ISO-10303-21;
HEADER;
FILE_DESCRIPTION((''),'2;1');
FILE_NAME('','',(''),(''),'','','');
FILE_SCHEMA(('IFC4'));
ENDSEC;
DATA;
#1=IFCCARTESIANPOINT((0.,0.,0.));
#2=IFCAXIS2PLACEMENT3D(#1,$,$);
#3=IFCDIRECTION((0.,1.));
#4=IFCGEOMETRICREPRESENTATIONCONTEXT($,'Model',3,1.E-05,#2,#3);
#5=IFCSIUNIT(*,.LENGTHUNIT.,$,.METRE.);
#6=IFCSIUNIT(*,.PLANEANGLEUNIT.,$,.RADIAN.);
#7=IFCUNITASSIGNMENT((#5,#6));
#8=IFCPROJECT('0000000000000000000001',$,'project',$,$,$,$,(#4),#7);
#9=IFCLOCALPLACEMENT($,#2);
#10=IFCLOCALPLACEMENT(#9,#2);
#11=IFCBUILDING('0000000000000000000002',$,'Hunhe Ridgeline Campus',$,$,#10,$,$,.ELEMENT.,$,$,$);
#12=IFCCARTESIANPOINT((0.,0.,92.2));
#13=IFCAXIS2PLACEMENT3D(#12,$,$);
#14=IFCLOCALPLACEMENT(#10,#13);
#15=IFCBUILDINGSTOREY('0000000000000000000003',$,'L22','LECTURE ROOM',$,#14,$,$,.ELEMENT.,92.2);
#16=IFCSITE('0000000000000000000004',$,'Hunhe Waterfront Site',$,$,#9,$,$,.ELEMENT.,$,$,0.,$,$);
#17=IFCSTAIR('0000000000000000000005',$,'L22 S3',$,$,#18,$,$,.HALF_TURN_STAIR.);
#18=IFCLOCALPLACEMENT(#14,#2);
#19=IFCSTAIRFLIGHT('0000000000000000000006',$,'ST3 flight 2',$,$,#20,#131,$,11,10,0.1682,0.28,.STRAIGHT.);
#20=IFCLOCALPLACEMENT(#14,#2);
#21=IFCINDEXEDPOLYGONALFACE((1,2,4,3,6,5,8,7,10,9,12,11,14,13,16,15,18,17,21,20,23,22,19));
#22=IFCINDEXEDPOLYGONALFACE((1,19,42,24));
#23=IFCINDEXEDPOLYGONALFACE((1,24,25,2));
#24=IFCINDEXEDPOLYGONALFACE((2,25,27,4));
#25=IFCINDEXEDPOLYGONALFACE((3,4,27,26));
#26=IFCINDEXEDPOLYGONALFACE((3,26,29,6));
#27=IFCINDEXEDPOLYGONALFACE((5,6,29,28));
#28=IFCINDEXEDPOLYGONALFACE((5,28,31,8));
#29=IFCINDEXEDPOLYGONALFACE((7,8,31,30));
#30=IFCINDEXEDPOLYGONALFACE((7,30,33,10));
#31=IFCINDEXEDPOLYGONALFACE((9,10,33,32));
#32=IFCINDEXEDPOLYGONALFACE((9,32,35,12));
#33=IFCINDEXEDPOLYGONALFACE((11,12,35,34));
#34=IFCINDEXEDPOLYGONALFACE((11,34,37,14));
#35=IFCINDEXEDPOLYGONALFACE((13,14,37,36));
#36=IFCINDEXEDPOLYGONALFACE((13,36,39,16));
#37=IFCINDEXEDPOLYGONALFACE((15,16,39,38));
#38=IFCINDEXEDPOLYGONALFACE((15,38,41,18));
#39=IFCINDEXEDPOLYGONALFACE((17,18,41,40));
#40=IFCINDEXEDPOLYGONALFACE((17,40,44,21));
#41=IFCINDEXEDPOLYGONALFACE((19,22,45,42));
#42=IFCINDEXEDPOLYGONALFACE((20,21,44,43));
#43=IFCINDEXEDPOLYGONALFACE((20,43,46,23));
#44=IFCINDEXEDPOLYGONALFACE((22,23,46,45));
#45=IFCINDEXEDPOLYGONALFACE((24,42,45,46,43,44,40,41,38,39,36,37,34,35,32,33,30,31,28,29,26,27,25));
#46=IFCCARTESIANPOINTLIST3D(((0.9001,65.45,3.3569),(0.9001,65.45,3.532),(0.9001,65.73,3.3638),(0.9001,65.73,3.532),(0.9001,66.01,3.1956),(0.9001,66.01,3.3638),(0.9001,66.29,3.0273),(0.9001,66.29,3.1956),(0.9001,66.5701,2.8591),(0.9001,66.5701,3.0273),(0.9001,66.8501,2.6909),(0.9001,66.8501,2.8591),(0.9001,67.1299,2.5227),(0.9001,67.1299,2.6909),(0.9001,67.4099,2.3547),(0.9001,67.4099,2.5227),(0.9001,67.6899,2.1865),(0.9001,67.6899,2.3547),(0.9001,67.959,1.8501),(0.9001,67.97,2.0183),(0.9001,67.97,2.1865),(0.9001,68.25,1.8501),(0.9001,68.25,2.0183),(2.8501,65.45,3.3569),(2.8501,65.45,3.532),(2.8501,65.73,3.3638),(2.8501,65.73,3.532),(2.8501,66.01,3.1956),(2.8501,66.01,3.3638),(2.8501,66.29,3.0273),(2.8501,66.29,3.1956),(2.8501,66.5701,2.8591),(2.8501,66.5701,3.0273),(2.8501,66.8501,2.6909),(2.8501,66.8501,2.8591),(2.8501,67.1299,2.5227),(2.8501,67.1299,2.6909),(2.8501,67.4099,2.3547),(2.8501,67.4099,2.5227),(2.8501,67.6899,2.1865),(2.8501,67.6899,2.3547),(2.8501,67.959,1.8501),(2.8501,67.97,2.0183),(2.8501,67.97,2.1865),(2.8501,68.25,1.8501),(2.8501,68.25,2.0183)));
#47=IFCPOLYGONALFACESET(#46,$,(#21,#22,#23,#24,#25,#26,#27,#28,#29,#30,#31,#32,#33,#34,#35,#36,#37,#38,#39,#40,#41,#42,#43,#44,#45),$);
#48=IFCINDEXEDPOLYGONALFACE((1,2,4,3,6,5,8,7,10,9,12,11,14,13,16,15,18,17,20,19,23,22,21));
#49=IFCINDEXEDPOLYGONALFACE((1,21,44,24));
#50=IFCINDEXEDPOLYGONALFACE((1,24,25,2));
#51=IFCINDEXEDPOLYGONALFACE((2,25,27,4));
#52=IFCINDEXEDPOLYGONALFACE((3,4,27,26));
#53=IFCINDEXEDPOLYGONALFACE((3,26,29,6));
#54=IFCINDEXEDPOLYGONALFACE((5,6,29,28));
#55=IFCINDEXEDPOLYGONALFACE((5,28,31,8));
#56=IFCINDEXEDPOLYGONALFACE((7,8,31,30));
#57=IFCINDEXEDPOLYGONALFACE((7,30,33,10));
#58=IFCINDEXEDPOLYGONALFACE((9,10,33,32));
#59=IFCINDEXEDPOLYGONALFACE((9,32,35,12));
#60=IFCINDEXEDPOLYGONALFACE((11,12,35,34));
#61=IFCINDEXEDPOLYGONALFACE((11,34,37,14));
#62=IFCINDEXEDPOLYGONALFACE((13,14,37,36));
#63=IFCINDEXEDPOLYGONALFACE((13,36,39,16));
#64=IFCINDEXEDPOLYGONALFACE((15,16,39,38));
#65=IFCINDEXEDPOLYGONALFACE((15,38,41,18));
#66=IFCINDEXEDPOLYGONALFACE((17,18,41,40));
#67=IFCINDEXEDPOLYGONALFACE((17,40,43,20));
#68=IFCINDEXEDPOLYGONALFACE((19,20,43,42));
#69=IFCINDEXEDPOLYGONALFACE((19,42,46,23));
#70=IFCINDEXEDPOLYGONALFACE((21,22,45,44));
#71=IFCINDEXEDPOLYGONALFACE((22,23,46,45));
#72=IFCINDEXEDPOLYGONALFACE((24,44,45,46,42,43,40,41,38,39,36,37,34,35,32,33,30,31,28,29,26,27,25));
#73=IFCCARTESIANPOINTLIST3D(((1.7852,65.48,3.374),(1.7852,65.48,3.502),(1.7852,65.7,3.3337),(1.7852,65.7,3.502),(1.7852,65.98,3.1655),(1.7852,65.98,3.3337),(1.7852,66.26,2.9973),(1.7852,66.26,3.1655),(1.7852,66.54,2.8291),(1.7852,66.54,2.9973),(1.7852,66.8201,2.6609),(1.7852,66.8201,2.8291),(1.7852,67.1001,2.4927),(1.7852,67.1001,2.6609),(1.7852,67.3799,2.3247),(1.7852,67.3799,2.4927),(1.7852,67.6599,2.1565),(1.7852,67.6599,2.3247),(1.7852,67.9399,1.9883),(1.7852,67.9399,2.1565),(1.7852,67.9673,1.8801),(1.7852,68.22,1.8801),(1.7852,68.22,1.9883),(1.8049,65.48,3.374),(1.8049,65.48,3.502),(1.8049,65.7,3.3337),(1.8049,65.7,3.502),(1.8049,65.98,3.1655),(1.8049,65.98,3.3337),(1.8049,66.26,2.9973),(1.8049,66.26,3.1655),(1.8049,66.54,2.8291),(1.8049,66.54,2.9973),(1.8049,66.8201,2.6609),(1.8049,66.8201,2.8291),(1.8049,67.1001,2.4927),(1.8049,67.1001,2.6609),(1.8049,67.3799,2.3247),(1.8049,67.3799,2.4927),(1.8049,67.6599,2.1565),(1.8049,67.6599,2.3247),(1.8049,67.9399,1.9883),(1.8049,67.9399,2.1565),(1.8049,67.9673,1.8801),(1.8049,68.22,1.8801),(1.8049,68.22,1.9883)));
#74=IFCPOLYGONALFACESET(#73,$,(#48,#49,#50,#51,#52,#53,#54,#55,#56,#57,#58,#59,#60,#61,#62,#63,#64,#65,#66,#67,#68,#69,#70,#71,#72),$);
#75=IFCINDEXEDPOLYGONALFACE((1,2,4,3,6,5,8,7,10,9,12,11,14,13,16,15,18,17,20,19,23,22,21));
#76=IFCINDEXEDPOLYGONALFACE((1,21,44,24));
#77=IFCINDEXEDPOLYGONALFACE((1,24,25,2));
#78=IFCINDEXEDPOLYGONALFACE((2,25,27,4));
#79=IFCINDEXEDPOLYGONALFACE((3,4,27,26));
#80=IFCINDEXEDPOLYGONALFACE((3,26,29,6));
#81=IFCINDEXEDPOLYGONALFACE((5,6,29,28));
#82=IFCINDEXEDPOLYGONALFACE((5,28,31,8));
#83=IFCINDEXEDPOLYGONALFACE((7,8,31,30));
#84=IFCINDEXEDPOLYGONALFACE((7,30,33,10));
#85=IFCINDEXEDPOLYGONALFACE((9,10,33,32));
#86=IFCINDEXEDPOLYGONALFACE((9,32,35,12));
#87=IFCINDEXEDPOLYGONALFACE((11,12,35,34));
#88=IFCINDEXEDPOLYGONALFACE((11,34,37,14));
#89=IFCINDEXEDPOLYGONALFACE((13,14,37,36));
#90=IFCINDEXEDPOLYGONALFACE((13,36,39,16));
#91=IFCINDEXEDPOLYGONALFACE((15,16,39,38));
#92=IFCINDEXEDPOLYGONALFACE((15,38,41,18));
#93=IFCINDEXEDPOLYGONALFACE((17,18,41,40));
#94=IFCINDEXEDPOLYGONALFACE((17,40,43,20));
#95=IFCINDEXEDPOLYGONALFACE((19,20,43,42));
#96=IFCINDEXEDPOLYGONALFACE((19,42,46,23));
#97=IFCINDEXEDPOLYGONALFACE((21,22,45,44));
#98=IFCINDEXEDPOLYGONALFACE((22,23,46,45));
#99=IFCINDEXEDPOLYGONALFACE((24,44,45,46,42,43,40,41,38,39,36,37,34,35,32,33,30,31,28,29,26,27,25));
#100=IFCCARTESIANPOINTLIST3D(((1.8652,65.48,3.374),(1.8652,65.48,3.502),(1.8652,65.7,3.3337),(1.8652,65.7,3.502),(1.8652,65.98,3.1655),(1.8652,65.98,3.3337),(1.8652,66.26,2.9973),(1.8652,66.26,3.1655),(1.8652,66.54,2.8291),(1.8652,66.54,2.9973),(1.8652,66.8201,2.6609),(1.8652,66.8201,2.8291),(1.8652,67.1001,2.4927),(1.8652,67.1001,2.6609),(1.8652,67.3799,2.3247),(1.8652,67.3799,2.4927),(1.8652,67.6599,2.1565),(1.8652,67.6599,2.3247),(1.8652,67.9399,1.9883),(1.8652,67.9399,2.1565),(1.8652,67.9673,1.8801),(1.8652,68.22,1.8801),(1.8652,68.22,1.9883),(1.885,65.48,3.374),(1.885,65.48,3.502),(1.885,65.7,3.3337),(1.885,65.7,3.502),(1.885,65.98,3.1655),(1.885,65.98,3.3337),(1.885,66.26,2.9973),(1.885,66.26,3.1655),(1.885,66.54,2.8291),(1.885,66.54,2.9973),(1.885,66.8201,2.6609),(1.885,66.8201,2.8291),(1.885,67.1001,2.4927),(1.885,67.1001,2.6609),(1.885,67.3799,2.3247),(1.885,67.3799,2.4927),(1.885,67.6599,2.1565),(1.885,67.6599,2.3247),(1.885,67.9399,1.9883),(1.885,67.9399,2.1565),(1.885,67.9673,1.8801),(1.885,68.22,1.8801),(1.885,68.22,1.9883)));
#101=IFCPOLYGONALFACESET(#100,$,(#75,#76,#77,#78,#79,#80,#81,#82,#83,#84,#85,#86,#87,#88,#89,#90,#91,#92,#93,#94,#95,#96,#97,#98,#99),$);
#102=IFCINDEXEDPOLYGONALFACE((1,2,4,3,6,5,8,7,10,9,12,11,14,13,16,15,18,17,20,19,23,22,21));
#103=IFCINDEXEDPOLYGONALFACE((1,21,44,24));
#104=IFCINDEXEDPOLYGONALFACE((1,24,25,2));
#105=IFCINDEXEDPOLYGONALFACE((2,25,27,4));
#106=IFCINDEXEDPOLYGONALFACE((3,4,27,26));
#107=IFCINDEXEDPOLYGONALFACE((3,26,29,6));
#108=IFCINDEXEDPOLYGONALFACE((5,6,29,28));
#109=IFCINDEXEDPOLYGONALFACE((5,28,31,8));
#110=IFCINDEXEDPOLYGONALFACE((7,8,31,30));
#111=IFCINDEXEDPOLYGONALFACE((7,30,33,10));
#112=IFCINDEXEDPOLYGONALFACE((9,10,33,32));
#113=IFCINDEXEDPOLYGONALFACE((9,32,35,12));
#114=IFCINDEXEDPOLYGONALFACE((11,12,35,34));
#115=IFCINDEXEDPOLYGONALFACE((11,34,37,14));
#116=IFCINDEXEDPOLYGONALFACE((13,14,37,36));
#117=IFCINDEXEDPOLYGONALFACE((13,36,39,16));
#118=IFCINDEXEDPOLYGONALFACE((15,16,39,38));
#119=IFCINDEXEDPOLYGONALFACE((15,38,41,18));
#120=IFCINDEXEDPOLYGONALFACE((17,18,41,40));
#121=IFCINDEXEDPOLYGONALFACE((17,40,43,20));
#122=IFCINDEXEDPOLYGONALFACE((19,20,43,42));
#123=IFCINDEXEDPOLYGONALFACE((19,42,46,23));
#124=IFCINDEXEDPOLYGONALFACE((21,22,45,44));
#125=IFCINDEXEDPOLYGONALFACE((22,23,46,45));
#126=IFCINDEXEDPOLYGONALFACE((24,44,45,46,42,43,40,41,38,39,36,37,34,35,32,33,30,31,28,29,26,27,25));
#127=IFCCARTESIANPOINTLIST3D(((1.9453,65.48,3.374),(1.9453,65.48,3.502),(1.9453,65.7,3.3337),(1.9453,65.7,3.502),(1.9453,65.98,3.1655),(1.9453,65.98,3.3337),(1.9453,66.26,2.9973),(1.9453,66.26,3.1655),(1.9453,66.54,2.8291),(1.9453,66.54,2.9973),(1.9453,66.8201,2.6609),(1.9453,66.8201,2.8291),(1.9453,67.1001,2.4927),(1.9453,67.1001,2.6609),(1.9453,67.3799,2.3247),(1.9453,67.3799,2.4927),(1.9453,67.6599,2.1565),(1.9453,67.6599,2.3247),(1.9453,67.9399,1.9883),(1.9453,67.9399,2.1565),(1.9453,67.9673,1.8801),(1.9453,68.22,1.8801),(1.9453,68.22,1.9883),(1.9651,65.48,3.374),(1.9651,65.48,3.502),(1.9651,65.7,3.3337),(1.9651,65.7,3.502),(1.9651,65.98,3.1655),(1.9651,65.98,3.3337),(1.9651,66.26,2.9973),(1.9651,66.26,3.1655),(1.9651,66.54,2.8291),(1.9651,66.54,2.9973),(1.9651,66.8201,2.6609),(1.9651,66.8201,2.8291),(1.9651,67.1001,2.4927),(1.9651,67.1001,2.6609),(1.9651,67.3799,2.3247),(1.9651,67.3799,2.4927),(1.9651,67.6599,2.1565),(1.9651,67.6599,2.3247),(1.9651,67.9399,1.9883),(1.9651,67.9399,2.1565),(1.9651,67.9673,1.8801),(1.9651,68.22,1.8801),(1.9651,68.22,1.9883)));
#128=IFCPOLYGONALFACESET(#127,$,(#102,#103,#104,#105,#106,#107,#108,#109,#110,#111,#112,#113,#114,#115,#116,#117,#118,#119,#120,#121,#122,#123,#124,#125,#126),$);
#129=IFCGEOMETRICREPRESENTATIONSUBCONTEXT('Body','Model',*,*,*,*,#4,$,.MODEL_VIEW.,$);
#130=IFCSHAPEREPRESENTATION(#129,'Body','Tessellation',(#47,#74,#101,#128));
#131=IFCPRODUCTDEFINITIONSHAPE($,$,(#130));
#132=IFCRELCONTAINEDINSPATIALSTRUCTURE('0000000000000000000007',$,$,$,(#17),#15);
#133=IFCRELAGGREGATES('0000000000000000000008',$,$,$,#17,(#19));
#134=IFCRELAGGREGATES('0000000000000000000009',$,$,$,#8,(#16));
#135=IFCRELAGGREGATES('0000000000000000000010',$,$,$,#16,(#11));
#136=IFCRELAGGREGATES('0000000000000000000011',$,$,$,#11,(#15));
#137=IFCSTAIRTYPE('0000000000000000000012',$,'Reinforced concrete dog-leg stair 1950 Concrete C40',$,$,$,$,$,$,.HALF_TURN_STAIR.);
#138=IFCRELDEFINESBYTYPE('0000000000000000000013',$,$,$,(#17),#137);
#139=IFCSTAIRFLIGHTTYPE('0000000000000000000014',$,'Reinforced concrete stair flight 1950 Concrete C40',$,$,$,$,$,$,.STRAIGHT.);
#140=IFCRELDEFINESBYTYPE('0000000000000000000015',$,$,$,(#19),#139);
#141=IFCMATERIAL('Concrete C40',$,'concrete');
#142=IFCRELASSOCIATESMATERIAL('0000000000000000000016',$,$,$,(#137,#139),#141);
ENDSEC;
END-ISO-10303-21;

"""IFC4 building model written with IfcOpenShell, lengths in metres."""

from ifc_helpers import new_model, si_unit, direction, frame, origin, place, context, subcontext, project, spatial, polyline, outline, extrude, material, type_object, element, aggregate, save


model = new_model("IFC4")

# Units and contexts
model_context = context("Model", 3, precision=1e-05, world=origin(), true_north=direction((0.0, 1.0)))
body_context = subcontext(model_context, "Body", "Model", "MODEL_VIEW")
ifc_project = project(units=[si_unit("LENGTHUNIT", "METRE"), si_unit("PLANEANGLEUNIT", "RADIAN")], contexts=[model_context])

# Site, building, storey
site_placement = place(None, origin())
site = spatial("IfcSite", under=ifc_project, at=site_placement, Name="Hunhe Waterfront Site", CompositionType="ELEMENT", RefElevation=0.0)
building_placement = place(site_placement, origin())
building = spatial("IfcBuilding", under=site, at=building_placement, Name="Hunhe Ridgeline Campus", CompositionType="ELEMENT")
storey_placement = place(building_placement, frame((0.0, 0.0, 92.2)))
storey = spatial("IfcBuildingStorey", under=building, at=storey_placement, Name="L22", Description="LECTURE ROOM", CompositionType="ELEMENT", Elevation=92.2)

# Stair, stair flight
ifc_material_1 = material(Name="Concrete C40", Category="concrete")
stair_type = type_object("IfcStairType", Name="Reinforced concrete dog-leg stair 1950 Concrete C40", PredefinedType="HALF_TURN_STAIR", material=ifc_material_1)
stair_1_placement = place(storey_placement, origin())
stair_1 = element("IfcStair", 1, at=stair_1_placement, inside=storey, type_object=stair_type, Name="L22 S3", PredefinedType="HALF_TURN_STAIR")
stair_flight_type = type_object("IfcStairFlightType", Name="Reinforced concrete stair flight 1950 Concrete C40", PredefinedType="STRAIGHT", material=ifc_material_1)
stair_flight_1_placement = place(storey_placement, frame((1.875, 68.25, 1.8501), z_axis=(0.0, 0.0, 1.0), x_axis=(0.0, -1.0, 0.0)))
stair_flight_1 = element("IfcStairFlight", 2, at=stair_flight_1_placement, type_object=stair_flight_type, Name="ST3 flight 2", NumberOfRisers=11, NumberOfTreads=10, PredefinedType="STRAIGHT", RiserHeight=0.1682, TreadLength=0.28, context=body_context, shape_type="SweptSolid", body=[
    extrude(outline(polyline([(0.0, 0.0), (0.0, 0.1682), (0.28, 0.1682), (0.28, 0.3364), (0.5601, 0.3364), (0.5601, 0.5046), (0.8401, 0.5046), (0.8401, 0.6726), (1.1201, 0.6726), (1.1201, 0.8408), (1.3999, 0.8408), (1.3999, 1.009), (1.6799, 1.009), (1.6799, 1.1772), (1.96, 1.1772), (1.96, 1.3455), (2.24, 1.3455), (2.24, 1.5137), (2.52, 1.5137), (2.52, 1.6819), (2.8, 1.6819), (2.8, 1.8501), (2.8, 1.5068), (0.291, 0.0), (0.0, 0.0)])), frame((0.0, 0.9751, 0.0), z_axis=(0.0, -1.0, 0.0), x_axis=(1.0, 0.0, 0.0)), (0.0, 0.0, 1.0), 1.95),
    extrude(outline(polyline([(0.03, 0.03), (0.03, 0.1382), (0.3101, 0.1382), (0.3101, 0.3064), (0.5901, 0.3064), (0.5901, 0.4746), (0.8701, 0.4746), (0.8701, 0.6426), (1.1499, 0.6426), (1.1499, 0.8108), (1.4299, 0.8108), (1.4299, 0.979), (1.71, 0.979), (1.71, 1.1472), (1.99, 1.1472), (1.99, 1.3154), (2.27, 1.3154), (2.27, 1.4836), (2.55, 1.4836), (2.55, 1.6519), (2.77, 1.6519), (2.77, 1.5239), (0.2827, 0.03), (0.03, 0.03)])), frame((0.0, -0.0701, 0.0), z_axis=(0.0, -1.0, 0.0), x_axis=(1.0, 0.0, 0.0)), (0.0, 0.0, 1.0), 0.0198),
    extrude(outline(polyline([(0.03, 0.03), (0.03, 0.1382), (0.3101, 0.1382), (0.3101, 0.3064), (0.5901, 0.3064), (0.5901, 0.4746), (0.8701, 0.4746), (0.8701, 0.6426), (1.1499, 0.6426), (1.1499, 0.8108), (1.4299, 0.8108), (1.4299, 0.979), (1.71, 0.979), (1.71, 1.1472), (1.99, 1.1472), (1.99, 1.3154), (2.27, 1.3154), (2.27, 1.4836), (2.55, 1.4836), (2.55, 1.6519), (2.77, 1.6519), (2.77, 1.5239), (0.2827, 0.03), (0.03, 0.03)])), frame((0.0, 0.01, 0.0), z_axis=(0.0, -1.0, 0.0), x_axis=(1.0, 0.0, 0.0)), (0.0, 0.0, 1.0), 0.0198),
    extrude(outline(polyline([(0.03, 0.03), (0.03, 0.1382), (0.3101, 0.1382), (0.3101, 0.3064), (0.5901, 0.3064), (0.5901, 0.4746), (0.8701, 0.4746), (0.8701, 0.6426), (1.1499, 0.6426), (1.1499, 0.8108), (1.4299, 0.8108), (1.4299, 0.979), (1.71, 0.979), (1.71, 1.1472), (1.99, 1.1472), (1.99, 1.3154), (2.27, 1.3154), (2.27, 1.4836), (2.55, 1.4836), (2.55, 1.6519), (2.77, 1.6519), (2.77, 1.5239), (0.2827, 0.03), (0.03, 0.03)])), frame((0.0, 0.0901, 0.0), z_axis=(0.0, -1.0, 0.0), x_axis=(1.0, 0.0, 0.0)), (0.0, 0.0, 1.0), 0.0198),
])
aggregate(stair_1, [stair_flight_1])

save(model, "model.ifc")
